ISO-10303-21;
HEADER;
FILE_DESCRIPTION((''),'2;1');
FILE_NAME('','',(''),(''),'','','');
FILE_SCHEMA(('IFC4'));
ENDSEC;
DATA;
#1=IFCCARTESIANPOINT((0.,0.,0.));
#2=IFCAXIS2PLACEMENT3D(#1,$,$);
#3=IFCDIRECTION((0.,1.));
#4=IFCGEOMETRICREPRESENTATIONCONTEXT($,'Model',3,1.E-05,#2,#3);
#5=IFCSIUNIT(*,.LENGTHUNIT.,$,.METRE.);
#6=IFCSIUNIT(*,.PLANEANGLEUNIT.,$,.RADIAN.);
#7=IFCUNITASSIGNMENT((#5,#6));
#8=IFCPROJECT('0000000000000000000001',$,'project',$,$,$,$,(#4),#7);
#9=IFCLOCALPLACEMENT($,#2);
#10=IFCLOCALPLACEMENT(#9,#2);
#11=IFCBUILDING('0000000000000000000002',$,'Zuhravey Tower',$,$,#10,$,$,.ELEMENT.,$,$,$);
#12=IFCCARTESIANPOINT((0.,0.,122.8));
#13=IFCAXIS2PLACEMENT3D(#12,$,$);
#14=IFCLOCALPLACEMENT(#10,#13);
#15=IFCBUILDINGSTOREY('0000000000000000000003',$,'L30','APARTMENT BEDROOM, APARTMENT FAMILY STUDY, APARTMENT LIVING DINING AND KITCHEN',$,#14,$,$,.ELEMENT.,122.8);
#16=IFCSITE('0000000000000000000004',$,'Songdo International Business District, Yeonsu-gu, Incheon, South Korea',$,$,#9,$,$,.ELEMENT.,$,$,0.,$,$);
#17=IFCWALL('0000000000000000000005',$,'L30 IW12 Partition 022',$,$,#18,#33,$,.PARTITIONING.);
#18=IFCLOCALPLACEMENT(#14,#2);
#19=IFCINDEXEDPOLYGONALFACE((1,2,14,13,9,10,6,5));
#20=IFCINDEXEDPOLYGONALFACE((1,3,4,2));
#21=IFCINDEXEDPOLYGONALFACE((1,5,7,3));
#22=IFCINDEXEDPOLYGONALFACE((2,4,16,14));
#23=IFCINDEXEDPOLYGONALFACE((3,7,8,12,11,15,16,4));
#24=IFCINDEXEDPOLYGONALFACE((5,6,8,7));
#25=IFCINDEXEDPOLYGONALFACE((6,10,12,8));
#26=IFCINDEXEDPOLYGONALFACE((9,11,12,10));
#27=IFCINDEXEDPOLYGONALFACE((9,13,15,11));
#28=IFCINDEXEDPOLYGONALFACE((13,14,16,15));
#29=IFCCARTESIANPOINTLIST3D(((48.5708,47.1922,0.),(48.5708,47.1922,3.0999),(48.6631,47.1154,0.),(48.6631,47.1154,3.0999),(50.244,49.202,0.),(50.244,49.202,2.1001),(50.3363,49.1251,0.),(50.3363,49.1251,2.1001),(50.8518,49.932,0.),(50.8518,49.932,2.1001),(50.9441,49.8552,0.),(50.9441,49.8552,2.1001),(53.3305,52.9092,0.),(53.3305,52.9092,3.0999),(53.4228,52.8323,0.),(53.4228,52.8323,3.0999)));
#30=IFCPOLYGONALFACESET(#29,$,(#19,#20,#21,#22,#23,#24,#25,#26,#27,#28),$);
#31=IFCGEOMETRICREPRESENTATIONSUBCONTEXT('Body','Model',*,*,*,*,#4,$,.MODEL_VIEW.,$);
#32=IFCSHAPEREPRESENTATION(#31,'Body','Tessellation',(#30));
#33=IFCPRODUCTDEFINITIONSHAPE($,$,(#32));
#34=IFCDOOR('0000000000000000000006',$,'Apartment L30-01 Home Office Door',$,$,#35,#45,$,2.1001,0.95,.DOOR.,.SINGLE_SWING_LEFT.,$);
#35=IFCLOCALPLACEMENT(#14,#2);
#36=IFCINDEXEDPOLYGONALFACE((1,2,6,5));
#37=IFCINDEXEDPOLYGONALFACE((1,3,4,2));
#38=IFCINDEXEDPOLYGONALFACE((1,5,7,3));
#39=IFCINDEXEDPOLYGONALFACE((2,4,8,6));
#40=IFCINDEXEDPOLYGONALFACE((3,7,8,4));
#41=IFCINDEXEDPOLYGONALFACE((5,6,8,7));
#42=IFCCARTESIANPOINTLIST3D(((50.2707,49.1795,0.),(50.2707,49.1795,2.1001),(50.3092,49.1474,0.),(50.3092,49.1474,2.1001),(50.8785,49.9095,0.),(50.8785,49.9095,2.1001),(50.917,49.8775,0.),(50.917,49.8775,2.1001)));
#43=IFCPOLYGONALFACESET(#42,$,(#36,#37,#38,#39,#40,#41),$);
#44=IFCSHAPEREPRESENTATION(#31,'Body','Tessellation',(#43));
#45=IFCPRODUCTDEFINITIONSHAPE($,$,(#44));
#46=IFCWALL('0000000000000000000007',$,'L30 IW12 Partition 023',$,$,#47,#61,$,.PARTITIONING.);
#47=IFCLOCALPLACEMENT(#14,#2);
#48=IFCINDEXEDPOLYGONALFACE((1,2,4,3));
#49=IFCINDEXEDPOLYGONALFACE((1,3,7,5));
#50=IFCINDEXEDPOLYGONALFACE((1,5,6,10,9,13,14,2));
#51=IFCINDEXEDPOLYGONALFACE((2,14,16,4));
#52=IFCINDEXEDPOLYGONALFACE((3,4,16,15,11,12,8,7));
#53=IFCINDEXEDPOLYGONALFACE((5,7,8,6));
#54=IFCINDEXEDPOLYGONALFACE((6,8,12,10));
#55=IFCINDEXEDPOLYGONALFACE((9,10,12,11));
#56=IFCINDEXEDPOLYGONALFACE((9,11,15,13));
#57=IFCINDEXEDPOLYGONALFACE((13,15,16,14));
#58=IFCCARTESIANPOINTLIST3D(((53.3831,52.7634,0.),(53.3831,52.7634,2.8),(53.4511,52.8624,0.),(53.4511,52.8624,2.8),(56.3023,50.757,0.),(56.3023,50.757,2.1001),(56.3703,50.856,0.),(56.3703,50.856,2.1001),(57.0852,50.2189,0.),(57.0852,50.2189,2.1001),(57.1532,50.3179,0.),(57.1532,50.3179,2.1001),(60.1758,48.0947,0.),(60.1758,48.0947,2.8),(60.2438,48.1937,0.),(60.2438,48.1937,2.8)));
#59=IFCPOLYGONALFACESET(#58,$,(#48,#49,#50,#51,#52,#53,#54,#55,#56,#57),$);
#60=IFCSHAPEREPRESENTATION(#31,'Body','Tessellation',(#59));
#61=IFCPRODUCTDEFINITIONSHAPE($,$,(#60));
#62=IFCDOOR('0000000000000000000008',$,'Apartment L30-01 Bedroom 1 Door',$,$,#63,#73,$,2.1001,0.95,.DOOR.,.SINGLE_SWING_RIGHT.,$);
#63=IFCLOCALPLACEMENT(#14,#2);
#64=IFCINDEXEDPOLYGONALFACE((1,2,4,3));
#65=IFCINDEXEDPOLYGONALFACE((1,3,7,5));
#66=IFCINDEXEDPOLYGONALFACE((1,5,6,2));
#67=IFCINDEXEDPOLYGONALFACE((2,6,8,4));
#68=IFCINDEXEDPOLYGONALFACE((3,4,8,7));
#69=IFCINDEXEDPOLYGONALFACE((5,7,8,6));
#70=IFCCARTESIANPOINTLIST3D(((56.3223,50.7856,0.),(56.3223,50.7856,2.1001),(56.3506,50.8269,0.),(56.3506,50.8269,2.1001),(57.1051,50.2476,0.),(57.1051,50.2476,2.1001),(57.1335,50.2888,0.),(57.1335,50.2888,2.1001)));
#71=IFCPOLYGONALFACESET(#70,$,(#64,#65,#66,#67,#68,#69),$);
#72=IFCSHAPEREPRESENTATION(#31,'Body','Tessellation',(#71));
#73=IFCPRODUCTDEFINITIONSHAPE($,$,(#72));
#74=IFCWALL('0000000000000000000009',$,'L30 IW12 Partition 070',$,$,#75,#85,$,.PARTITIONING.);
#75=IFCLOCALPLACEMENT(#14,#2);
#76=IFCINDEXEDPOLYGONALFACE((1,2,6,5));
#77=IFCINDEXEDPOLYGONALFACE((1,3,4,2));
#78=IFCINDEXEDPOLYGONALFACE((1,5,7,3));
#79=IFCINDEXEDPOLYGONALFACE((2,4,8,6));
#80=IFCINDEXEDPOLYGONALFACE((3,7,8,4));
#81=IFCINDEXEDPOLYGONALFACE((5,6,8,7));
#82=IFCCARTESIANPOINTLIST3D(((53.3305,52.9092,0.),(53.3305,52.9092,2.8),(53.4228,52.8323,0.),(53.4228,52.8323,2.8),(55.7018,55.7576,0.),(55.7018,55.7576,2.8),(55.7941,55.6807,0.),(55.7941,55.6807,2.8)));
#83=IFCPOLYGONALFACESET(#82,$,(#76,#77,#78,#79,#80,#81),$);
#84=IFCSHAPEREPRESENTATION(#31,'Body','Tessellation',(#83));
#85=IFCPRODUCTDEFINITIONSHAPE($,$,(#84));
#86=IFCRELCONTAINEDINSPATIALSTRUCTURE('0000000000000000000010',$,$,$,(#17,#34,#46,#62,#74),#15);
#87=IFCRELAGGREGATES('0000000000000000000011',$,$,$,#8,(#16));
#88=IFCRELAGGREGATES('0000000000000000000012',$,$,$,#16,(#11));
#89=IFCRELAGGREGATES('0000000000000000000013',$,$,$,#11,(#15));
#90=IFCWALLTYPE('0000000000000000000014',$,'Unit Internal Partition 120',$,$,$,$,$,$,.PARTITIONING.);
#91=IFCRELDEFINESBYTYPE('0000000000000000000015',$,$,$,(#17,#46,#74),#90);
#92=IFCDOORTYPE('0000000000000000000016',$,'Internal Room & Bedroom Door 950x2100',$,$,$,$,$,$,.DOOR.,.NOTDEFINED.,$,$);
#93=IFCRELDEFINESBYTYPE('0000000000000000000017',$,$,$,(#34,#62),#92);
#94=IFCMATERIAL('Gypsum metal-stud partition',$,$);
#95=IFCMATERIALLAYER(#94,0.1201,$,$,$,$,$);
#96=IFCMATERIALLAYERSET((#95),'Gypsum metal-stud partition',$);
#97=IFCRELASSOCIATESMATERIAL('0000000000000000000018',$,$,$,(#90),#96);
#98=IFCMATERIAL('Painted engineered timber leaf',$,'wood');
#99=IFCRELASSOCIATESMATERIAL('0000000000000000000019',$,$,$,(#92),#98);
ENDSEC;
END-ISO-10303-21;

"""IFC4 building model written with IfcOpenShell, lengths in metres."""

from ifc_helpers import new_model, si_unit, direction, frame, frame_2d, origin, place, context, subcontext, project, spatial, rectangle, extrude, material, layer, layer_set, type_object, element, fill, save


model = new_model("IFC4")

# Units and contexts
model_context = context("Model", 3, precision=1e-05, world=origin(), true_north=direction((0.0, 1.0)))
body_context = subcontext(model_context, "Body", "Model", "MODEL_VIEW")
ifc_project = project(units=[si_unit("LENGTHUNIT", "METRE"), si_unit("PLANEANGLEUNIT", "RADIAN")], contexts=[model_context])

# Site, building, storey
site_placement = place(None, origin())
site = spatial("IfcSite", under=ifc_project, at=site_placement, Name="Songdo International Business District, Yeonsu-gu, Incheon, South Korea", CompositionType="ELEMENT", RefElevation=0.0)
building_placement = place(site_placement, origin())
building = spatial("IfcBuilding", under=site, at=building_placement, Name="Zuhravey Tower", CompositionType="ELEMENT")
storey_placement = place(building_placement, frame((0.0, 0.0, 122.8)))
storey = spatial("IfcBuildingStorey", under=building, at=storey_placement, Name="L30", Description="APARTMENT BEDROOM, APARTMENT FAMILY STUDY, APARTMENT LIVING DINING AND KITCHEN", CompositionType="ELEMENT", Elevation=122.8)

# Shared definitions
ifc_material_1 = material(Name="Gypsum metal-stud partition")
ifc_layer_1 = layer(ifc_material_1, 0.1201)
ifc_layer_set_1 = layer_set([ifc_layer_1], Name="Gypsum metal-stud partition")
wall_type_1 = type_object("IfcWallType", Name="Unit Internal Partition 120", PredefinedType="PARTITIONING", material=ifc_layer_set_1)
ifc_material_2 = material(Name="Painted engineered timber leaf", Category="wood")
door_type_1 = type_object("IfcDoorType", Name="Internal Room & Bedroom Door 950x2100", OperationType="NOTDEFINED", PredefinedType="DOOR", material=ifc_material_2)

# Walls, openings, doors
wall_1_placement = place(storey_placement, frame((48.6169, 47.1538, 0.0), z_axis=(0.0, 0.0, 1.0), x_axis=(0.639832, 0.768514, 0.0)))
wall_1 = element("IfcWall", 1, at=wall_1_placement, inside=storey, type_object=wall_type_1, Name="L30 IW12 Partition 022", PredefinedType="PARTITIONING", context=body_context, shape_type="SweptSolid", body=[
    extrude(rectangle(XDim=7.439, YDim=0.1201, at=frame_2d((3.7195, 0.0))), origin(), (0.0, 0.0, 1.0), 3.0999),
])
opening_1_placement = place(wall_1_placement, frame((2.615, 0.0, 0.0)))
opening_1 = element("IfcOpeningElement", 2, at=opening_1_placement, cuts=wall_1, PredefinedType="OPENING", context=body_context, shape_type="SweptSolid", body=[
    extrude(rectangle(XDim=0.95, YDim=2.1001, at=frame_2d((0.4751, 1.05))), frame((0.0, 0.072, 0.0), z_axis=(0.0, -1.0, 0.0), x_axis=(1.0, 0.0, 0.0)), (0.0, 0.0, 1.0), 0.144),
])
door_1_placement = place(opening_1_placement, frame((0.95, 0.0, 0.0), z_axis=(0.0, 0.0, 1.0), x_axis=(-1.0, 0.0, 0.0)))
door_1 = element("IfcDoor", 3, at=door_1_placement, inside=storey, type_object=door_type_1, Name="Apartment L30-01 Home Office Door", OperationType="SINGLE_SWING_LEFT", OverallHeight=2.1001, OverallWidth=0.95, PredefinedType="DOOR", context=body_context, shape_type="SweptSolid", body=[
    extrude(rectangle(XDim=0.95, YDim=2.1001, at=frame_2d((0.4751, 1.05))), frame((0.0, 0.0249, 0.0), z_axis=(0.0, -1.0, 0.0), x_axis=(1.0, 0.0, 0.0)), (0.0, 0.0, 1.0), 0.05),
])
fill(opening_1, door_1)
wall_2_placement = place(storey_placement, frame((60.2097, 48.1443, 0.0), z_axis=(0.0, 0.0, 1.0), x_axis=(-0.824115, 0.566422, 0.0)))
wall_2 = element("IfcWall", 4, at=wall_2_placement, inside=storey, type_object=wall_type_1, Name="L30 IW12 Partition 023", PredefinedType="PARTITIONING", context=body_context, shape_type="SweptSolid", body=[
    extrude(rectangle(XDim=8.2424, YDim=0.1201, at=frame_2d((4.1211, 0.0))), origin(), (0.0, 0.0, 1.0), 2.8),
])
opening_2_placement = place(wall_2_placement, frame((3.75, 0.0, 0.0)))
opening_2 = element("IfcOpeningElement", 5, at=opening_2_placement, cuts=wall_2, PredefinedType="OPENING", context=body_context, shape_type="SweptSolid", body=[
    extrude(rectangle(XDim=0.95, YDim=2.1001, at=frame_2d((0.4751, 1.05))), frame((0.0, 0.072, 0.0), z_axis=(0.0, -1.0, 0.0), x_axis=(1.0, 0.0, 0.0)), (0.0, 0.0, 1.0), 0.144),
])
door_2_placement = place(opening_2_placement, frame((0.95, 0.0, 0.0), z_axis=(0.0, 0.0, 1.0), x_axis=(-1.0, 0.0, 0.0)))
door_2 = element("IfcDoor", 6, at=door_2_placement, inside=storey, type_object=door_type_1, Name="Apartment L30-01 Bedroom 1 Door", OperationType="SINGLE_SWING_RIGHT", OverallHeight=2.1001, OverallWidth=0.95, PredefinedType="DOOR", context=body_context, shape_type="SweptSolid", body=[
    extrude(rectangle(XDim=0.95, YDim=2.1001, at=frame_2d((0.4751, 1.05))), frame((0.0, 0.0249, 0.0), z_axis=(0.0, -1.0, 0.0), x_axis=(1.0, 0.0, 0.0)), (0.0, 0.0, 1.0), 0.05),
])
fill(opening_2, door_2)

# Wall
wall_3_placement = place(storey_placement, frame((53.3767, 52.8708, 0.0), z_axis=(0.0, 0.0, 1.0), x_axis=(0.639815, 0.768529, 0.0)))
element("IfcWall", 7, at=wall_3_placement, inside=storey, type_object=wall_type_1, Name="L30 IW12 Partition 070", PredefinedType="PARTITIONING", context=body_context, shape_type="SweptSolid", body=[
    extrude(rectangle(XDim=3.7063, YDim=0.1201, at=frame_2d((1.853, 0.0))), origin(), (0.0, 0.0, 1.0), 2.8),
])

save(model, "model.ifc")
